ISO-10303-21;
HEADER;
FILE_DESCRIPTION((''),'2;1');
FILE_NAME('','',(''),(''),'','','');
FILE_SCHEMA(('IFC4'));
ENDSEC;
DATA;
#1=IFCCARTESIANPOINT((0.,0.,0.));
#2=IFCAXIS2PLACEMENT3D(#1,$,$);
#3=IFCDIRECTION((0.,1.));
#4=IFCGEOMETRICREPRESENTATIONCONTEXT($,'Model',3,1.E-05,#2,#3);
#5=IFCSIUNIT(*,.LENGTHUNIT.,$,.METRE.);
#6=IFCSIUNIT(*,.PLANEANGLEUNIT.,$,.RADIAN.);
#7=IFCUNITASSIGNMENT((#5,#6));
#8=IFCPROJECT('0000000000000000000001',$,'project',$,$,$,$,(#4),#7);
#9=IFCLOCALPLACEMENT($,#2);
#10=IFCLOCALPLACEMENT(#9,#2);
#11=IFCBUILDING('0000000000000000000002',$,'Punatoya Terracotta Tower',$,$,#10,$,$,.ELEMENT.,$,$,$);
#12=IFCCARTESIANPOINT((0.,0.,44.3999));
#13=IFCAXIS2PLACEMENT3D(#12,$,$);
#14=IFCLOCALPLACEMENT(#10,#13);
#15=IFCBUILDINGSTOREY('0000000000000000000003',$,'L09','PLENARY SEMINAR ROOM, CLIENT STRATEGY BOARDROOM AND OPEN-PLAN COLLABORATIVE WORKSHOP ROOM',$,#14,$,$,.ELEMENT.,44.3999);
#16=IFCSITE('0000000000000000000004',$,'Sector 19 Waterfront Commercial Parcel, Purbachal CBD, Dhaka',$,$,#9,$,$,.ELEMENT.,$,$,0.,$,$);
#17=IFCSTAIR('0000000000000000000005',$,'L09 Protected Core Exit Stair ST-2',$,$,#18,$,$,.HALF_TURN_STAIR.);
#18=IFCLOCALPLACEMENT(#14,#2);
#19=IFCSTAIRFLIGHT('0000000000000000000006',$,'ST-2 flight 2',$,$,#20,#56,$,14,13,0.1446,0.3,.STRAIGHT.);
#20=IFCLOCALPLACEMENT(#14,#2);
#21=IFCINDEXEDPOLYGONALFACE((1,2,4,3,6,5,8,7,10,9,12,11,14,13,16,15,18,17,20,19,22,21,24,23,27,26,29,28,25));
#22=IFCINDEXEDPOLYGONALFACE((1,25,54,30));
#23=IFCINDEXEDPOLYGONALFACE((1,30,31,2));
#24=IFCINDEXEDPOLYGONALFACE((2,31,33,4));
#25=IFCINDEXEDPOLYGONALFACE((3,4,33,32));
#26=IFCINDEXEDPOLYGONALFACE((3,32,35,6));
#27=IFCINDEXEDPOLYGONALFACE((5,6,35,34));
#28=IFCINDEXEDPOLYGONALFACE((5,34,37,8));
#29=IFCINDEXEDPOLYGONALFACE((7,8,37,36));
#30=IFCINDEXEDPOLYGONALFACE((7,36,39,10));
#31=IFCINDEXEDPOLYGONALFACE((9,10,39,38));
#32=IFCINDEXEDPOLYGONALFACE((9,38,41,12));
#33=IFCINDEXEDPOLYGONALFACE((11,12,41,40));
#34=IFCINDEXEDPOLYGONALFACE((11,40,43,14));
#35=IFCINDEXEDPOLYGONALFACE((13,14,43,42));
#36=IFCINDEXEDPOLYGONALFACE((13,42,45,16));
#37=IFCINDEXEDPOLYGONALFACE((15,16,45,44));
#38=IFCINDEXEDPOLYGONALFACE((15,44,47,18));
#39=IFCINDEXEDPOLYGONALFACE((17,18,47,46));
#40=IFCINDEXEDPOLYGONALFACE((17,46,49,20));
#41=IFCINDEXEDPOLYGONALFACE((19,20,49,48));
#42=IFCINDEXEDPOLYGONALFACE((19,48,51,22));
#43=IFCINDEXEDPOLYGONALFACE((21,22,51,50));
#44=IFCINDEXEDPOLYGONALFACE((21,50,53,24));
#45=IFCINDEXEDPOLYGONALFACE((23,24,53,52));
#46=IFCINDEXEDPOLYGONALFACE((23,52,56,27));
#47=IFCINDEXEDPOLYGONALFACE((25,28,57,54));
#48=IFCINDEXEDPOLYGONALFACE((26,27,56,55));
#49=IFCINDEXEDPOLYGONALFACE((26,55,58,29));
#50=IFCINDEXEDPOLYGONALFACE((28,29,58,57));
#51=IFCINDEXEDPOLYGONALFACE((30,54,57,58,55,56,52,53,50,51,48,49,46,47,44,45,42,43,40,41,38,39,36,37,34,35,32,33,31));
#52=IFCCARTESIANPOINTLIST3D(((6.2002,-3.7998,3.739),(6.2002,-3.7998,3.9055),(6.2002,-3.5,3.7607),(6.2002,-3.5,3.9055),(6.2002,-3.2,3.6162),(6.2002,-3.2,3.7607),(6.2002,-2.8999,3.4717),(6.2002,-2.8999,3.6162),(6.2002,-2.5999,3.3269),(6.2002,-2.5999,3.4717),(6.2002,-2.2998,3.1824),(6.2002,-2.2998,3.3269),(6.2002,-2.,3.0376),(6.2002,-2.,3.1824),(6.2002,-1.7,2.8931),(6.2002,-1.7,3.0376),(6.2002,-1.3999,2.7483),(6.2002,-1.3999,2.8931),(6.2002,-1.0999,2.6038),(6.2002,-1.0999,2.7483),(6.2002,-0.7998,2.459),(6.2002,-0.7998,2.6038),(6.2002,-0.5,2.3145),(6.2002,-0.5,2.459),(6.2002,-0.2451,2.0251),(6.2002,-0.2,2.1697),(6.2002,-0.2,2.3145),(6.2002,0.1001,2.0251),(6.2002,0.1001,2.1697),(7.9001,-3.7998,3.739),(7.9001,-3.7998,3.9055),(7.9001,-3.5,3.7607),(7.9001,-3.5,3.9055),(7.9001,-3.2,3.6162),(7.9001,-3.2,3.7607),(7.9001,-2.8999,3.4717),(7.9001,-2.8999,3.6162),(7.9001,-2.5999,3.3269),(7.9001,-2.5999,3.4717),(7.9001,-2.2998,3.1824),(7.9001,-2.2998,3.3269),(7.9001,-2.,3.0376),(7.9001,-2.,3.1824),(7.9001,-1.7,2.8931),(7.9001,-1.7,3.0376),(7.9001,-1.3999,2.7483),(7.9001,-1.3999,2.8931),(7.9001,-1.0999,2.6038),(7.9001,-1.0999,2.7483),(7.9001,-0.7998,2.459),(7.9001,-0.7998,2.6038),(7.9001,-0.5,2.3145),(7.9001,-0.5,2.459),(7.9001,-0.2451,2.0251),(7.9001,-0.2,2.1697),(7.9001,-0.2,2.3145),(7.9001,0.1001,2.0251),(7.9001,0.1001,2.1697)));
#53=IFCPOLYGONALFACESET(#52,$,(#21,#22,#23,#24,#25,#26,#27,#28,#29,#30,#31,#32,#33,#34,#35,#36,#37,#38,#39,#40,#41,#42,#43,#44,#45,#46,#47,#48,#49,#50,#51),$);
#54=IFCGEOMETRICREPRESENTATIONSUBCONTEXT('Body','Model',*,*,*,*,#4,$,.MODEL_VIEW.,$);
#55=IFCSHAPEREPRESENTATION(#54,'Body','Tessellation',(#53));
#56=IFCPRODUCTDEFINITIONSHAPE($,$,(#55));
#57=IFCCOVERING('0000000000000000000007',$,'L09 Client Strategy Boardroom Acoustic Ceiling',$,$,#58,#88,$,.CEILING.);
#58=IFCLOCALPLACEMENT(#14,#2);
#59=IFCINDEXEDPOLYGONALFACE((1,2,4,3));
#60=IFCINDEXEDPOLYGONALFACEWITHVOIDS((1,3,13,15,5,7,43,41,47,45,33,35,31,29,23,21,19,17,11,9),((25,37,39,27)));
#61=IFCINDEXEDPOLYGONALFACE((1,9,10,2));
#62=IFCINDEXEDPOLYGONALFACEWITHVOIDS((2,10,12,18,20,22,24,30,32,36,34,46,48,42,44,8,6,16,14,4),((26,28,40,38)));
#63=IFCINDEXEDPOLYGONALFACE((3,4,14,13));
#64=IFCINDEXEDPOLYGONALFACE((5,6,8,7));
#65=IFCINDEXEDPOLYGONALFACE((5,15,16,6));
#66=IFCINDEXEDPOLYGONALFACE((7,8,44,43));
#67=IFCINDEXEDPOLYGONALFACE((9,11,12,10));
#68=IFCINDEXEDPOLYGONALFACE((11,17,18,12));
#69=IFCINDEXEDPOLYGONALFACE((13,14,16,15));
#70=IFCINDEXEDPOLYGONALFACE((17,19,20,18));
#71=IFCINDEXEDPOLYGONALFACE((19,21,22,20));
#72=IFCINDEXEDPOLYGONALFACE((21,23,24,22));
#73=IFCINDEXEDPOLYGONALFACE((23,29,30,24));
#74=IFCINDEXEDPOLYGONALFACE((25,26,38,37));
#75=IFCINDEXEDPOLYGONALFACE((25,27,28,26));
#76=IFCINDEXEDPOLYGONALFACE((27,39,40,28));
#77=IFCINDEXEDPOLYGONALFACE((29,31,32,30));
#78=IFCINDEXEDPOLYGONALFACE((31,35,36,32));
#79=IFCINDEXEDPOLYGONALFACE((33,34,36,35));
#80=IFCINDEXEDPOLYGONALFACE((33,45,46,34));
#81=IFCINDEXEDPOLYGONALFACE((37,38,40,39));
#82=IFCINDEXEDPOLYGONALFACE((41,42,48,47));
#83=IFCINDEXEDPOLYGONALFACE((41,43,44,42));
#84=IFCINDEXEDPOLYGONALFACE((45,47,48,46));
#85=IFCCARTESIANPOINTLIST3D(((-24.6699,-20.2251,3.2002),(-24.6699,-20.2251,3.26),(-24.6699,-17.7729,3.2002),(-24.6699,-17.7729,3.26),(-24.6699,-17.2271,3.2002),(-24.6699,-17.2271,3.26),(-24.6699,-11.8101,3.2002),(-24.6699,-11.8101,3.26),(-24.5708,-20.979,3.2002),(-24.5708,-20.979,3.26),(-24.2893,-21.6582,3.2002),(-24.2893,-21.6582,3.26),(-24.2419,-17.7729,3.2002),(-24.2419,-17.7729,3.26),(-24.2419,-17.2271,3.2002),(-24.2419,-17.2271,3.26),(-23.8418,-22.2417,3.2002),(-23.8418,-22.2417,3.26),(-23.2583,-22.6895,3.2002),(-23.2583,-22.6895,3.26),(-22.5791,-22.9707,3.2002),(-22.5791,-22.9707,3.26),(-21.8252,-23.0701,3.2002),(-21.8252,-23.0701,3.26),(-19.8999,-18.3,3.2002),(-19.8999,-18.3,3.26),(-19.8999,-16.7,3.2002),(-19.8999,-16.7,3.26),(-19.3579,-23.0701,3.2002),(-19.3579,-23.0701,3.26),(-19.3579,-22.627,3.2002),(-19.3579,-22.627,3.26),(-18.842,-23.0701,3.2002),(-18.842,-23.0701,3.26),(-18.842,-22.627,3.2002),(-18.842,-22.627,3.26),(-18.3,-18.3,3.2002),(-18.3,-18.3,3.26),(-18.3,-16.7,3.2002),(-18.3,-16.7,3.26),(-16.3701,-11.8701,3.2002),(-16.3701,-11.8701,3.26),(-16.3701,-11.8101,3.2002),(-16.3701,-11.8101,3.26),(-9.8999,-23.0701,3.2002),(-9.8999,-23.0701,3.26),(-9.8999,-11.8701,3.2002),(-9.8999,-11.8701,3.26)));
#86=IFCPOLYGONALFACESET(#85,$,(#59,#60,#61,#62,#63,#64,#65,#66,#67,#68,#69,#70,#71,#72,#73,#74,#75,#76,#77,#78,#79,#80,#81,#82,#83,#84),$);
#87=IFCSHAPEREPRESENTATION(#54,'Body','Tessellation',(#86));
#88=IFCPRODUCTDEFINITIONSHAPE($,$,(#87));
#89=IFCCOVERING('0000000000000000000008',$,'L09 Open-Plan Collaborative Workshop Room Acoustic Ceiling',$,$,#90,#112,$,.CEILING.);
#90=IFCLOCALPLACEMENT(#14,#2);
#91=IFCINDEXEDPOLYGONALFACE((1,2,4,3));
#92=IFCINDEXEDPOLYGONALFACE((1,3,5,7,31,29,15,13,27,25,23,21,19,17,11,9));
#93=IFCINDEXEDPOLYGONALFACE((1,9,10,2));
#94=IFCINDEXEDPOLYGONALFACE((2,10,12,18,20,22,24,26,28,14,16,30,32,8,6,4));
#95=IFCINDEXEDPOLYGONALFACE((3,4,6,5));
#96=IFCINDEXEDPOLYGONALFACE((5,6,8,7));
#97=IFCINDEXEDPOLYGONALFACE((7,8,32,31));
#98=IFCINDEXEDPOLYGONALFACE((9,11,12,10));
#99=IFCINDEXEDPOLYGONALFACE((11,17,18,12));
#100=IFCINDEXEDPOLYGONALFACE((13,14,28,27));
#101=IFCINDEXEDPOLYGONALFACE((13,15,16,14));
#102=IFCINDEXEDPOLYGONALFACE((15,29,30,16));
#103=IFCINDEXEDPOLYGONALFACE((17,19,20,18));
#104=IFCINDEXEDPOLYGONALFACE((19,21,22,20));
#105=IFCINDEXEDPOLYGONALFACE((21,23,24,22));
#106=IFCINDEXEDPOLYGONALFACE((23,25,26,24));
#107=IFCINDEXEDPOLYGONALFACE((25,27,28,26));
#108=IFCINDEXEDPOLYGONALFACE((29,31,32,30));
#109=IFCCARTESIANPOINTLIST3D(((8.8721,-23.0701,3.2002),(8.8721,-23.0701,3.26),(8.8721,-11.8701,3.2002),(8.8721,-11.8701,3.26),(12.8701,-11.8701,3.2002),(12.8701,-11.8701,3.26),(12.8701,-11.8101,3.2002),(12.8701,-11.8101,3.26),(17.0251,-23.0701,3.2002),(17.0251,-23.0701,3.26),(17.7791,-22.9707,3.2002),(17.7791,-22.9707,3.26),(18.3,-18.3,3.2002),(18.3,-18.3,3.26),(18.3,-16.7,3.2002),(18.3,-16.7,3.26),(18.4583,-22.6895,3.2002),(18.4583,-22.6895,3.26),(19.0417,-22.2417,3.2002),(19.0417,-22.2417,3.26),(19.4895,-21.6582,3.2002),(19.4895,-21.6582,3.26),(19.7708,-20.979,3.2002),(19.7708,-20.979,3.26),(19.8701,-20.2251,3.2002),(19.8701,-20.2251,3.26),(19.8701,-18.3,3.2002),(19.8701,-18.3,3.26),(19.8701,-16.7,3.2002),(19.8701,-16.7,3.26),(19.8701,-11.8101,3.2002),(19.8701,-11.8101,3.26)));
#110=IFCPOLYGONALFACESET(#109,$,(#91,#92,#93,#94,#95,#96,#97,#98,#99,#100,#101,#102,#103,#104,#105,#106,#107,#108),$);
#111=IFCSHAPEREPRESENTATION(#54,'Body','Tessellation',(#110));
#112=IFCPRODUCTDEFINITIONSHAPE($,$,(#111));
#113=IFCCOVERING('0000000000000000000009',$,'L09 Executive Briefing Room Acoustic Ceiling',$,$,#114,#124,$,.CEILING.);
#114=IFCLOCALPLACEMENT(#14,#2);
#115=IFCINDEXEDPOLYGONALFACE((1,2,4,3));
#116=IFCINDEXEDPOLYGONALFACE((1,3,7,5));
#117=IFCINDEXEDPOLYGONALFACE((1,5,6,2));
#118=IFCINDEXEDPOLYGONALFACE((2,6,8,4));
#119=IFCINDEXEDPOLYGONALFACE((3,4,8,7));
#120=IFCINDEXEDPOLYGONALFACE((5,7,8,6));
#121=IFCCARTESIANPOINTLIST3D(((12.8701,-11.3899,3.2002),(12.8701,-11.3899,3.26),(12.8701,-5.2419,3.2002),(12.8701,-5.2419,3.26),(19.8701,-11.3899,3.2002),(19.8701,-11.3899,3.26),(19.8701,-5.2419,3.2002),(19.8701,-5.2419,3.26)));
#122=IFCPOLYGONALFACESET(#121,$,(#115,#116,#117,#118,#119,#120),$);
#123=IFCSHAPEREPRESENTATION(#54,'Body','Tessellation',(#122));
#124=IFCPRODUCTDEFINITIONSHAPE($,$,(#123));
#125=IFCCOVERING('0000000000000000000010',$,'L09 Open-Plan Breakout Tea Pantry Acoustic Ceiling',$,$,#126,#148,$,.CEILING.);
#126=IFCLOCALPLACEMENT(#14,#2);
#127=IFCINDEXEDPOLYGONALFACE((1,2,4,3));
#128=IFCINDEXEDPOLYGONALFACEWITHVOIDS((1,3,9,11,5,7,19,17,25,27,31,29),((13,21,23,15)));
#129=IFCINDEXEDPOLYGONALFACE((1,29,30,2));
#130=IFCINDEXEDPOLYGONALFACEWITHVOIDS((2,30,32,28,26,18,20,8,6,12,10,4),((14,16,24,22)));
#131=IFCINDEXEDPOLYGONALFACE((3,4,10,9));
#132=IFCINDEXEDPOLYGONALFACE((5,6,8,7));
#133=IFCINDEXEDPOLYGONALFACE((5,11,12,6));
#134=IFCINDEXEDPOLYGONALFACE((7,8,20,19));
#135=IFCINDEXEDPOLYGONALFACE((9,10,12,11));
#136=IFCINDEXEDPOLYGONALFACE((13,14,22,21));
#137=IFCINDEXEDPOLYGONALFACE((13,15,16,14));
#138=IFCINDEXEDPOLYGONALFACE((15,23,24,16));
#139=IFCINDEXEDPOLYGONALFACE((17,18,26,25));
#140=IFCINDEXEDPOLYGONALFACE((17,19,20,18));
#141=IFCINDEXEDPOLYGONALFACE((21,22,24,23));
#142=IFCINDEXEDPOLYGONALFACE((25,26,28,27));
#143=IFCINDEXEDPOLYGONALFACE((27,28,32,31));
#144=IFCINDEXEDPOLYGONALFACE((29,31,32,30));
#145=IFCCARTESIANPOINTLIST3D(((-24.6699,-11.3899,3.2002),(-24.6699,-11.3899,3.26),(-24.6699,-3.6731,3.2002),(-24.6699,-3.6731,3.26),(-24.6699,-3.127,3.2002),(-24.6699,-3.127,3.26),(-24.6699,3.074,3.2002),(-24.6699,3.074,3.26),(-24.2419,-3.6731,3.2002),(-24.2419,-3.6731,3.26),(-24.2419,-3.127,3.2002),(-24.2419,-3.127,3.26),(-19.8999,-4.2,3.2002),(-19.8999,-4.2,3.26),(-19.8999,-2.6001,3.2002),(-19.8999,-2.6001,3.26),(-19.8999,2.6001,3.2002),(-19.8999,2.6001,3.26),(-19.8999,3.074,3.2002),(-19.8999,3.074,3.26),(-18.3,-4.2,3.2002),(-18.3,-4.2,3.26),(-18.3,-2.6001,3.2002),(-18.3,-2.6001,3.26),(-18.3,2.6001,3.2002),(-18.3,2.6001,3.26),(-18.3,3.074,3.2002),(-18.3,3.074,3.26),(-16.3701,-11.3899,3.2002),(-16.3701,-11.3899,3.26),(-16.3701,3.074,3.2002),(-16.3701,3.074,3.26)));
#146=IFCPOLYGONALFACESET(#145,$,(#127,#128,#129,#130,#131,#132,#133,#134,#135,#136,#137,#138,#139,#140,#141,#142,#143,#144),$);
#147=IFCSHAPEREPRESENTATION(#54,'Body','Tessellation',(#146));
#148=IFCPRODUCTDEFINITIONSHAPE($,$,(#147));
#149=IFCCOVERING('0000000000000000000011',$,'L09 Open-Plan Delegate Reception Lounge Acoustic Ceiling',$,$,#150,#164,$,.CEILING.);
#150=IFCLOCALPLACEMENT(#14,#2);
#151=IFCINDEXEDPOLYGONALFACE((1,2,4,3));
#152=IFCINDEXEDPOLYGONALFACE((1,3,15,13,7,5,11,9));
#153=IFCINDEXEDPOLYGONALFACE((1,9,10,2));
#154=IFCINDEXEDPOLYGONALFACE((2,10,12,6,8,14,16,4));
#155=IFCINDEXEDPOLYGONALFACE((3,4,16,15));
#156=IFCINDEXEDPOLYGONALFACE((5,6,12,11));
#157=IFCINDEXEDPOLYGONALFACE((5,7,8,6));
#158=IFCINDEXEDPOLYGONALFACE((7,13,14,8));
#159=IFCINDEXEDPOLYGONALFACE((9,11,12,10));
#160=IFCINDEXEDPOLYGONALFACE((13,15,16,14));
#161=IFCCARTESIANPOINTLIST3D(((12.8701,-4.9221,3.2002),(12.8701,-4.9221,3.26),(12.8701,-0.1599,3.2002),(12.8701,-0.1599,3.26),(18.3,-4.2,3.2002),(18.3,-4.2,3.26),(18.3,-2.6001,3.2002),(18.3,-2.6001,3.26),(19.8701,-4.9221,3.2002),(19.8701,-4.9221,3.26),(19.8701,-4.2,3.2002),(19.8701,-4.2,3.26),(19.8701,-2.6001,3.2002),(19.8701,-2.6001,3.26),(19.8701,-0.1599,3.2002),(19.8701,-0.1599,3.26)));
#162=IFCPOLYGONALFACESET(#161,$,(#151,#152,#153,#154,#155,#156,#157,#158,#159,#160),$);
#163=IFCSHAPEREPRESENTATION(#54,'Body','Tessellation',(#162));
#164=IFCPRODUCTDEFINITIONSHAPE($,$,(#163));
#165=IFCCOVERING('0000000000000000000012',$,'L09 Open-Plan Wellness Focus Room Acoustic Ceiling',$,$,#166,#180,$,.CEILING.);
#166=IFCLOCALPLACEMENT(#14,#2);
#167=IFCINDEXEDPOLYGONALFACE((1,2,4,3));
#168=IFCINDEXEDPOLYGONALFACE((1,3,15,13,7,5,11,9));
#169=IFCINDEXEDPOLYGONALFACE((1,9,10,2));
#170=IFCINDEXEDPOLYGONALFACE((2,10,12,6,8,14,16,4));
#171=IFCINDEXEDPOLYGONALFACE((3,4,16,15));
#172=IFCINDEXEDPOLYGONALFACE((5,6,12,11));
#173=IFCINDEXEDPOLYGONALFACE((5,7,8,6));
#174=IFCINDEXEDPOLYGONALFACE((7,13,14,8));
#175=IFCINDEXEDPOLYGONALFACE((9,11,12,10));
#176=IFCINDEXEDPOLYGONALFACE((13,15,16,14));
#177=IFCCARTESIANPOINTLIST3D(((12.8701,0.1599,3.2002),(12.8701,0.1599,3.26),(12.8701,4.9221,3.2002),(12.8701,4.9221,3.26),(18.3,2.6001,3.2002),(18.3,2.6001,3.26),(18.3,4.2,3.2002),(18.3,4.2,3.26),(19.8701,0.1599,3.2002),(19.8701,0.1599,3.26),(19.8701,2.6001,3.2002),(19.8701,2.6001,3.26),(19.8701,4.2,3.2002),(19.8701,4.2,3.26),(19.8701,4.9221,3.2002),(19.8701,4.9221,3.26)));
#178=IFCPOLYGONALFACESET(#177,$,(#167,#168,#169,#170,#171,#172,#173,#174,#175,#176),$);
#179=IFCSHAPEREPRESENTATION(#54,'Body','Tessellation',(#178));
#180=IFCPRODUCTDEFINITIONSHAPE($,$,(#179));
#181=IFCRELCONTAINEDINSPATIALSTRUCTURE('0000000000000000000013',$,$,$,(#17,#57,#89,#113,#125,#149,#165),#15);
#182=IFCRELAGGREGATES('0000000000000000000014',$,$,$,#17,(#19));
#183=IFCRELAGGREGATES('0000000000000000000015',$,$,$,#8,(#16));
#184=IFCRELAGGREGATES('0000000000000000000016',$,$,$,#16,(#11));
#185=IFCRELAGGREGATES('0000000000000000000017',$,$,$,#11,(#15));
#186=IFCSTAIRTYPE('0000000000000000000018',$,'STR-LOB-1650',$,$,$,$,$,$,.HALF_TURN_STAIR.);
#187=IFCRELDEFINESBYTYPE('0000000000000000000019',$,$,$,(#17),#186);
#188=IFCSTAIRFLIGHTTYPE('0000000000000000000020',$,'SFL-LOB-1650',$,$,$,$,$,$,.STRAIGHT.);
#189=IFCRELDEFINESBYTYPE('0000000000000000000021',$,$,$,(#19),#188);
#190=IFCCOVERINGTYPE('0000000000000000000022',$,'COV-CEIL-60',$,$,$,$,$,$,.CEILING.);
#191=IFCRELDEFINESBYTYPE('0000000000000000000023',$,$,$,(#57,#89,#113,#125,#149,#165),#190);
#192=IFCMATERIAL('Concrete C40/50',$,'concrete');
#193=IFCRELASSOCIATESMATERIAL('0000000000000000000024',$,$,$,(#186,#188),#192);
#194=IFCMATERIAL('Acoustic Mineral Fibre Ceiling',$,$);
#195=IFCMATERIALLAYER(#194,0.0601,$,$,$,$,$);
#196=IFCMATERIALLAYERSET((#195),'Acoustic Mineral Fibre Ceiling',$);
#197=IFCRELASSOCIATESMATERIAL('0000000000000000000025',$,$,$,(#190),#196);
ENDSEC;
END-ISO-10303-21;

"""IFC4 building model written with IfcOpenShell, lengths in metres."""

from ifc_helpers import new_model, si_unit, direction, frame, origin, place, context, subcontext, project, spatial, polyline, outline, extrude, material, layer, layer_set, type_object, element, aggregate, save


model = new_model("IFC4")

# Units and contexts
model_context = context("Model", 3, precision=1e-05, world=origin(), true_north=direction((0.0, 1.0)))
body_context = subcontext(model_context, "Body", "Model", "MODEL_VIEW")
ifc_project = project(units=[si_unit("LENGTHUNIT", "METRE"), si_unit("PLANEANGLEUNIT", "RADIAN")], contexts=[model_context])

# Site, building, storey
site_placement = place(None, origin())
site = spatial("IfcSite", under=ifc_project, at=site_placement, Name="Sector 19 Waterfront Commercial Parcel, Purbachal CBD, Dhaka", CompositionType="ELEMENT", RefElevation=0.0)
building_placement = place(site_placement, origin())
building = spatial("IfcBuilding", under=site, at=building_placement, Name="Punatoya Terracotta Tower", CompositionType="ELEMENT")
storey_placement = place(building_placement, frame((0.0, 0.0, 44.3999)))
storey = spatial("IfcBuildingStorey", under=building, at=storey_placement, Name="L09", Description="PLENARY SEMINAR ROOM, CLIENT STRATEGY BOARDROOM AND OPEN-PLAN COLLABORATIVE WORKSHOP ROOM", CompositionType="ELEMENT", Elevation=44.3999)

# Shared definitions
ifc_material_1 = material(Name="Concrete C40/50", Category="concrete")

# Stair, stair flight
stair_type = type_object("IfcStairType", Name="STR-LOB-1650", PredefinedType="HALF_TURN_STAIR", material=ifc_material_1)
stair_placement = place(storey_placement, origin())
stair = element("IfcStair", 1, at=stair_placement, inside=storey, type_object=stair_type, Name="L09 Protected Core Exit Stair ST-2", PredefinedType="HALF_TURN_STAIR")
stair_flight_type = type_object("IfcStairFlightType", Name="SFL-LOB-1650", PredefinedType="STRAIGHT", material=ifc_material_1)
stair_flight_placement = place(storey_placement, frame((7.05, 0.1001, 2.0251), z_axis=(0.0, 0.0, 1.0), x_axis=(0.0, -1.0, 0.0)))
stair_flight = element("IfcStairFlight", 2, at=stair_flight_placement, type_object=stair_flight_type, Name="ST-2 flight 2", NumberOfRisers=14, NumberOfTreads=13, PredefinedType="STRAIGHT", RiserHeight=0.1446, TreadLength=0.3, context=body_context, shape_type="SweptSolid", body=[
    extrude(outline(polyline([(0.0, 0.0), (0.0, 0.1445), (0.3, 0.1445), (0.3, 0.2893), (0.6001, 0.2893), (0.6001, 0.4338), (0.8999, 0.4338), (0.8999, 0.5786), (1.2, 0.5786), (1.2, 0.7231), (1.5, 0.7231), (1.5, 0.8679), (1.8, 0.8679), (1.8, 1.0125), (2.1001, 1.0125), (2.1001, 1.1572), (2.3999, 1.1572), (2.3999, 1.3018), (2.7, 1.3018), (2.7, 1.4465), (3.0, 1.4465), (3.0, 1.5911), (3.3, 1.5911), (3.3, 1.7356), (3.6001, 1.7356), (3.6001, 1.8804), (3.8999, 1.8804), (3.8999, 2.0249), (3.8999, 1.7139), (0.3452, 0.0), (0.0, 0.0)])), frame((0.0, 0.8501, 0.0), z_axis=(0.0, -1.0, 0.0), x_axis=(1.0, 0.0, 0.0)), (0.0, 0.0, 1.0), 1.7),
])
aggregate(stair, [stair_flight])

# Coverings
ifc_material_2 = material(Name="Acoustic Mineral Fibre Ceiling")
ifc_layer_1 = layer(ifc_material_2, 0.0601)
ifc_layer_set_1 = layer_set([ifc_layer_1], Name="Acoustic Mineral Fibre Ceiling")
covering_type = type_object("IfcCoveringType", Name="COV-CEIL-60", PredefinedType="CEILING", material=ifc_layer_set_1)
covering_1_placement = place(storey_placement, frame((0.0, 0.0, 3.2002)))
element("IfcCovering", 3, at=covering_1_placement, inside=storey, type_object=covering_type, Name="L09 Client Strategy Boardroom Acoustic Ceiling", PredefinedType="CEILING", context=body_context, shape_type="SweptSolid", body=[
    extrude(outline(polyline([(-16.3701, -11.8701), (-16.3701, -11.8101), (-24.6699, -11.8101), (-24.6699, -17.2271), (-24.2419, -17.2271), (-24.2419, -17.7729), (-24.6699, -17.7729), (-24.6699, -20.2251), (-24.5708, -20.979), (-24.2893, -21.6582), (-23.8418, -22.2417), (-23.2583, -22.6895), (-22.5791, -22.9707), (-21.8252, -23.0701), (-19.3579, -23.0701), (-19.3579, -22.627), (-18.842, -22.627), (-18.842, -23.0701), (-9.8999, -23.0701), (-9.8999, -11.8701), (-16.3701, -11.8701)]), holes=[polyline([(-19.8999, -18.3), (-19.8999, -16.7), (-18.3, -16.7), (-18.3, -18.3), (-19.8999, -18.3)])]), origin(), (0.0, 0.0, 1.0), 0.0598),
])
covering_2_placement = place(storey_placement, frame((0.0, 0.0, 3.2002)))
element("IfcCovering", 4, at=covering_2_placement, inside=storey, type_object=covering_type, Name="L09 Open-Plan Collaborative Workshop Room Acoustic Ceiling", PredefinedType="CEILING", context=body_context, shape_type="SweptSolid", body=[
    extrude(outline(polyline([(12.8701, -11.8701), (8.8721, -11.8701), (8.8721, -23.0701), (17.0251, -23.0701), (17.7791, -22.9707), (18.4583, -22.6895), (19.0417, -22.2417), (19.4895, -21.6582), (19.7708, -20.979), (19.8701, -20.2251), (19.8701, -18.3), (18.3, -18.3), (18.3, -16.7), (19.8701, -16.7), (19.8701, -11.8101), (12.8701, -11.8101), (12.8701, -11.8701)])), origin(), (0.0, 0.0, 1.0), 0.0598),
])
covering_3_placement = place(storey_placement, frame((0.0, 0.0, 3.2002)))
element("IfcCovering", 5, at=covering_3_placement, inside=storey, type_object=covering_type, Name="L09 Executive Briefing Room Acoustic Ceiling", PredefinedType="CEILING", context=body_context, shape_type="SweptSolid", body=[
    extrude(outline(polyline([(19.8701, -11.3899), (19.8701, -5.2419), (12.8701, -5.2419), (12.8701, -11.3899), (19.8701, -11.3899)])), origin(), (0.0, 0.0, 1.0), 0.0598),
])
covering_4_placement = place(storey_placement, frame((0.0, 0.0, 3.2002)))
element("IfcCovering", 6, at=covering_4_placement, inside=storey, type_object=covering_type, Name="L09 Open-Plan Breakout Tea Pantry Acoustic Ceiling", PredefinedType="CEILING", context=body_context, shape_type="SweptSolid", body=[
    extrude(outline(polyline([(-24.6699, -3.6731), (-24.6699, -11.3899), (-16.3701, -11.3899), (-16.3701, 3.074), (-18.3, 3.074), (-18.3, 2.6001), (-19.8999, 2.6001), (-19.8999, 3.074), (-24.6699, 3.074), (-24.6699, -3.127), (-24.2419, -3.127), (-24.2419, -3.6731), (-24.6699, -3.6731)]), holes=[polyline([(-18.3, -4.2), (-19.8999, -4.2), (-19.8999, -2.6001), (-18.3, -2.6001), (-18.3, -4.2)])]), origin(), (0.0, 0.0, 1.0), 0.0598),
])
covering_5_placement = place(storey_placement, frame((0.0, 0.0, 3.2002)))
element("IfcCovering", 7, at=covering_5_placement, inside=storey, type_object=covering_type, Name="L09 Open-Plan Delegate Reception Lounge Acoustic Ceiling", PredefinedType="CEILING", context=body_context, shape_type="SweptSolid", body=[
    extrude(outline(polyline([(19.8701, -4.9221), (19.8701, -4.2), (18.3, -4.2), (18.3, -2.6001), (19.8701, -2.6001), (19.8701, -0.1599), (12.8701, -0.1599), (12.8701, -4.9221), (19.8701, -4.9221)])), origin(), (0.0, 0.0, 1.0), 0.0598),
])
covering_6_placement = place(storey_placement, frame((0.0, 0.0, 3.2002)))
element("IfcCovering", 8, at=covering_6_placement, inside=storey, type_object=covering_type, Name="L09 Open-Plan Wellness Focus Room Acoustic Ceiling", PredefinedType="CEILING", context=body_context, shape_type="SweptSolid", body=[
    extrude(outline(polyline([(19.8701, 0.1599), (19.8701, 2.6001), (18.3, 2.6001), (18.3, 4.2), (19.8701, 4.2), (19.8701, 4.9221), (12.8701, 4.9221), (12.8701, 0.1599), (19.8701, 0.1599)])), origin(), (0.0, 0.0, 1.0), 0.0598),
])

save(model, "model.ifc")
